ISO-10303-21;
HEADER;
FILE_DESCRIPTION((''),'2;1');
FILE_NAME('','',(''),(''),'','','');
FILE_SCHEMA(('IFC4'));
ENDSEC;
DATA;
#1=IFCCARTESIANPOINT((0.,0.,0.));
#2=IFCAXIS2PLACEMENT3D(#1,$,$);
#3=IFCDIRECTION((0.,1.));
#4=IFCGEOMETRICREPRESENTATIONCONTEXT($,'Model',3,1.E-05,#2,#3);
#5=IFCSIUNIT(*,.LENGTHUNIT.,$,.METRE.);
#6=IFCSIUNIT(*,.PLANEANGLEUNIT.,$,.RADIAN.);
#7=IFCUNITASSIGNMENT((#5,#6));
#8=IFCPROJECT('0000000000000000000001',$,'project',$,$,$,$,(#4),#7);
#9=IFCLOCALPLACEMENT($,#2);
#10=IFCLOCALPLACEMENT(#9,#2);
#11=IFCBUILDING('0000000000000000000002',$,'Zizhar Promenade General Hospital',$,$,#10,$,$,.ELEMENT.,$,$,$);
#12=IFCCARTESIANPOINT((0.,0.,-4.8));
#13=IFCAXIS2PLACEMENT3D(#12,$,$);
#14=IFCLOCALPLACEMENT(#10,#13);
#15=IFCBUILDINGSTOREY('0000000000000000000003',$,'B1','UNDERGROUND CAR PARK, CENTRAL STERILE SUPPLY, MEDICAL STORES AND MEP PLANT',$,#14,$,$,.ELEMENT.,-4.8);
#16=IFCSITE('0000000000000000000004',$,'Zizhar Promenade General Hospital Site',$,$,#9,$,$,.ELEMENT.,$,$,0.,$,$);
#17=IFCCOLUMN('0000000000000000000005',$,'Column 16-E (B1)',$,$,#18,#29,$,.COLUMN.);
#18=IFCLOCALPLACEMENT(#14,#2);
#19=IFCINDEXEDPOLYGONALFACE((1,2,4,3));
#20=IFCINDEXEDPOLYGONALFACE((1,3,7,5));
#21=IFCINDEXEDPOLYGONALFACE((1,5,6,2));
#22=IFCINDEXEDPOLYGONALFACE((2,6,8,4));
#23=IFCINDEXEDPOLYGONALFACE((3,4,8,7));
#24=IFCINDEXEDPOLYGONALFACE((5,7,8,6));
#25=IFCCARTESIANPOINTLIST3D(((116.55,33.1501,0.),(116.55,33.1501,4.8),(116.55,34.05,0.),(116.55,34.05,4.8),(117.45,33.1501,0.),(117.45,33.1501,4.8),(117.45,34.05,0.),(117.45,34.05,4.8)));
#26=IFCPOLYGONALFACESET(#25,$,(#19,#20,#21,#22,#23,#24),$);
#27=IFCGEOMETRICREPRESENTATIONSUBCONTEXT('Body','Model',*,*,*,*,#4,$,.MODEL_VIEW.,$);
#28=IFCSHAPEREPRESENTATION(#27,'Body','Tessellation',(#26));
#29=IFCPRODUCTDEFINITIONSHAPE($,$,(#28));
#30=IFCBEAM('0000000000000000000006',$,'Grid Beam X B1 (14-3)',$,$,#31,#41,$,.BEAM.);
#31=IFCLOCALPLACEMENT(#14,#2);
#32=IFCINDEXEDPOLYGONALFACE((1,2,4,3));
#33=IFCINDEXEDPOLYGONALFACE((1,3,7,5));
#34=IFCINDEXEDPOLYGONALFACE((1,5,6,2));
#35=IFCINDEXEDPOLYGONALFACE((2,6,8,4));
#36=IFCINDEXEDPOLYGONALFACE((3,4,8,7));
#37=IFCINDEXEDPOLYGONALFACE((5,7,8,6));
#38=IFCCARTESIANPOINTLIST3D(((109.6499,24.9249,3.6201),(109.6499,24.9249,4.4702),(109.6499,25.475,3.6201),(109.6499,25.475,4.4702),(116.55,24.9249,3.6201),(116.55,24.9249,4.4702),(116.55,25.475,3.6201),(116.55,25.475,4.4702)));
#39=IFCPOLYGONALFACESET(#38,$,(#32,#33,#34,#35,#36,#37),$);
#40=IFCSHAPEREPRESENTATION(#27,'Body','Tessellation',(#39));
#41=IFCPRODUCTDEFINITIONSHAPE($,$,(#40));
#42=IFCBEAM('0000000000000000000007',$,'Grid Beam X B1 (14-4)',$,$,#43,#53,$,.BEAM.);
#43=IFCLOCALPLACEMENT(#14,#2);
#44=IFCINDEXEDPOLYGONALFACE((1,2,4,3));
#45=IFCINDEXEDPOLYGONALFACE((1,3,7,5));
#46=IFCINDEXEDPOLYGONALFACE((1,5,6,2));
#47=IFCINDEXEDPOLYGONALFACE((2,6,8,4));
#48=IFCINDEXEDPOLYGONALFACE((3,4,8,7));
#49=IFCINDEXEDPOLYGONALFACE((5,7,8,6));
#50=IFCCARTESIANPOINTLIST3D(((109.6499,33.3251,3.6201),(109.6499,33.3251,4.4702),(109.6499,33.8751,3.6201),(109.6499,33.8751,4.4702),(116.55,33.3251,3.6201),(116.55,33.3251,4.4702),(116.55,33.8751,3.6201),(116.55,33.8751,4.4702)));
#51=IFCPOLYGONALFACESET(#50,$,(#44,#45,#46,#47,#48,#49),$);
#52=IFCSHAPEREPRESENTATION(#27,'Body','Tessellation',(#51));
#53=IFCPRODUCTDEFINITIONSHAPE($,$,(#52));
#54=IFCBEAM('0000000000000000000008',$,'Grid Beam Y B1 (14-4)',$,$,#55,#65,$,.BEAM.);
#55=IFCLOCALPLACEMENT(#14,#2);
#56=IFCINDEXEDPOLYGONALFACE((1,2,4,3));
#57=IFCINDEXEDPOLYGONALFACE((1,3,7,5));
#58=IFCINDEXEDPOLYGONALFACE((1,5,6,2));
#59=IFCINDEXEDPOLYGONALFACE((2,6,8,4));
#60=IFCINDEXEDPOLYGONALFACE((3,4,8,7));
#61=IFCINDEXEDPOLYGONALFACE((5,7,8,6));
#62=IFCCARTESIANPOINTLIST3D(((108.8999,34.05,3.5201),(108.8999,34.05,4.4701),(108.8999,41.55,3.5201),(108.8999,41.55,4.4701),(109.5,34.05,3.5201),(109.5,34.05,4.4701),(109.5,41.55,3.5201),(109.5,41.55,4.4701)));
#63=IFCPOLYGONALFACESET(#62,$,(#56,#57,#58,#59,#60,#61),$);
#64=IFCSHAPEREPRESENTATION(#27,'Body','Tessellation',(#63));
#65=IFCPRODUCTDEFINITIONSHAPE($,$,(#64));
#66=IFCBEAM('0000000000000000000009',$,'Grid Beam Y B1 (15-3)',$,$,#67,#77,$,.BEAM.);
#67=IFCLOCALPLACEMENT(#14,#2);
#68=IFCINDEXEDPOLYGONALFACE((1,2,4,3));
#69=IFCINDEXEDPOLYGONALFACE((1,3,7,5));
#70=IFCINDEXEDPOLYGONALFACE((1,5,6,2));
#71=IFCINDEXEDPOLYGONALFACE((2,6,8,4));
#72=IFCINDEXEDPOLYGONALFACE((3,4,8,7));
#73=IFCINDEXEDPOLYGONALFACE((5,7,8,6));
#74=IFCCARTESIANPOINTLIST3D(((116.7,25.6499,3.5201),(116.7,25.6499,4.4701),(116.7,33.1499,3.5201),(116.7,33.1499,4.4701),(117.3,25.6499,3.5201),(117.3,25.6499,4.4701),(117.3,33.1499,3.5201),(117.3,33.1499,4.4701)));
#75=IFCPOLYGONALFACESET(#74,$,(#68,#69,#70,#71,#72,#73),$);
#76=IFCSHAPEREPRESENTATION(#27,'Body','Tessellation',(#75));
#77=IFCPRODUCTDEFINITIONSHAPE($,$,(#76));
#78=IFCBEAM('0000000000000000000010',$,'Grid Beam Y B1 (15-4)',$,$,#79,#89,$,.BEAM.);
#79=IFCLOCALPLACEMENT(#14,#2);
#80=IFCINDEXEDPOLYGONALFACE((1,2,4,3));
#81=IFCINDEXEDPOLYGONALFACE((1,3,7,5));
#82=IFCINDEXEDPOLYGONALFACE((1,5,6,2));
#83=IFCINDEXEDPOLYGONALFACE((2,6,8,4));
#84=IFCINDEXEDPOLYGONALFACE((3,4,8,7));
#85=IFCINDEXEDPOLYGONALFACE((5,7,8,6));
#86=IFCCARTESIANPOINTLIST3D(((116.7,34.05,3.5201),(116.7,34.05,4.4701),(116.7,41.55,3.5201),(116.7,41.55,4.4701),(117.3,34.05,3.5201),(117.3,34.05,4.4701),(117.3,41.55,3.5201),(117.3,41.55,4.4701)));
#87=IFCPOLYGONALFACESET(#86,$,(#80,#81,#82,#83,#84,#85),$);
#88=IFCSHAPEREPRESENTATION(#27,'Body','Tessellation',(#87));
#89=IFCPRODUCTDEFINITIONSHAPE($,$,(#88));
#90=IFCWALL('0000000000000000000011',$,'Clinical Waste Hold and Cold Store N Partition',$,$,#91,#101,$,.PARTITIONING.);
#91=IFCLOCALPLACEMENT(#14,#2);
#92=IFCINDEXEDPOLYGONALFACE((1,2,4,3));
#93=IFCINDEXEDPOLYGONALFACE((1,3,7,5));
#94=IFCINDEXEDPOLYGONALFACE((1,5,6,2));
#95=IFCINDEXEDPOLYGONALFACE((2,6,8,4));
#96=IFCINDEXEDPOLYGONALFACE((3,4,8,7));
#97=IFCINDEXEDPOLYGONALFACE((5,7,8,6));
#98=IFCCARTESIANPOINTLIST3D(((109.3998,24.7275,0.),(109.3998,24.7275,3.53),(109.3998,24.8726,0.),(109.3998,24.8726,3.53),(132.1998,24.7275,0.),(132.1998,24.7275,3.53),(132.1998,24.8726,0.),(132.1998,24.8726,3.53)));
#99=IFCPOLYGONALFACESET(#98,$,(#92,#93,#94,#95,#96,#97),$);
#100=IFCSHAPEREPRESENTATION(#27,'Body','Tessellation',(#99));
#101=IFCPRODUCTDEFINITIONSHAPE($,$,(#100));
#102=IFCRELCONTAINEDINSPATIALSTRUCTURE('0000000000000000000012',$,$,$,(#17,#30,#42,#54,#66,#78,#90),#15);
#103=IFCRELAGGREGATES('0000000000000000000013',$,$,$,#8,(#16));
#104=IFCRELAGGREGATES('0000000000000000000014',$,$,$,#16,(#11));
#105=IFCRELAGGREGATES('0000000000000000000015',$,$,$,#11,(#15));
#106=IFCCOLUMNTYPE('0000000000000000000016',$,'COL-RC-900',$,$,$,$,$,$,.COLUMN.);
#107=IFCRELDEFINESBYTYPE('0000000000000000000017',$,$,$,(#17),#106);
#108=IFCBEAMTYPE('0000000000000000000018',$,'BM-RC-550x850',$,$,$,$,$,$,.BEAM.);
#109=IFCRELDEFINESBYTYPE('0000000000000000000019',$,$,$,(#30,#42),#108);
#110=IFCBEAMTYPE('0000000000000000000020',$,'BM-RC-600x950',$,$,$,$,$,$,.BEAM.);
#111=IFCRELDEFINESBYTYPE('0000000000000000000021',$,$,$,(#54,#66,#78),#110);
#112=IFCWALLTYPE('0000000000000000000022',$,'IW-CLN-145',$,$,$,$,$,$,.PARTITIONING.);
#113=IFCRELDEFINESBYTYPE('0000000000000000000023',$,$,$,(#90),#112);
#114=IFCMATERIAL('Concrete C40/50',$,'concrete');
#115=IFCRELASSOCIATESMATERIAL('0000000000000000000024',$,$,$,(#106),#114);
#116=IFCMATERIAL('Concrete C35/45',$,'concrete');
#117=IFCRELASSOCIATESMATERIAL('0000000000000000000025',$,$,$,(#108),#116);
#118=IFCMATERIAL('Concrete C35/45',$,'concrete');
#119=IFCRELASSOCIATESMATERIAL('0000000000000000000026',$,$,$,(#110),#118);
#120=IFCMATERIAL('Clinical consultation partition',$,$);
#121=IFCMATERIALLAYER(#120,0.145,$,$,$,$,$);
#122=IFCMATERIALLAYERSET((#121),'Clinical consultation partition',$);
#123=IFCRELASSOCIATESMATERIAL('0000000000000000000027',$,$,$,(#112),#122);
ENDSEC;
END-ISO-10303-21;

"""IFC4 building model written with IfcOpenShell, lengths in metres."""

from ifc_helpers import new_model, si_unit, direction, frame, frame_2d, origin, origin_2d, place, context, subcontext, project, spatial, rectangle, extrude, material, layer, layer_set, material_profile, profile_set, type_object, element, save


model = new_model("IFC4")

# Units and contexts
model_context = context("Model", 3, precision=1e-05, world=origin(), true_north=direction((0.0, 1.0)))
body_context = subcontext(model_context, "Body", "Model", "MODEL_VIEW")
ifc_project = project(units=[si_unit("LENGTHUNIT", "METRE"), si_unit("PLANEANGLEUNIT", "RADIAN")], contexts=[model_context])

# Site, building, storey
site_placement = place(None, origin())
site = spatial("IfcSite", under=ifc_project, at=site_placement, Name="Zizhar Promenade General Hospital Site", CompositionType="ELEMENT", RefElevation=0.0)
building_placement = place(site_placement, origin())
building = spatial("IfcBuilding", under=site, at=building_placement, Name="Zizhar Promenade General Hospital", CompositionType="ELEMENT")
storey_placement = place(building_placement, frame((0.0, 0.0, -4.8)))
storey = spatial("IfcBuildingStorey", under=building, at=storey_placement, Name="B1", Description="UNDERGROUND CAR PARK, CENTRAL STERILE SUPPLY, MEDICAL STORES AND MEP PLANT", CompositionType="ELEMENT", Elevation=-4.8)

# Column
ifc_material_1 = material(Name="Concrete C40/50", Category="concrete")
ifc_material_profile_1 = material_profile(ifc_material_1, rectangle(XDim=0.8999, YDim=0.8999, at=origin_2d()))
ifc_profile_set_1 = profile_set([ifc_material_profile_1], Name="Concrete C40/50")
column_type = type_object("IfcColumnType", Name="COL-RC-900", PredefinedType="COLUMN", material=ifc_profile_set_1)
for number, where, z_axis, x_axis, name in (
    (1, (117.0, 33.6001, 0.0), (0.0, 0.0, 1.0), (1.0, 0.0, 0.0), "Column 16-E (B1)"),
):
    element("IfcColumn", number, at=place(storey_placement, frame(where, z_axis=z_axis, x_axis=x_axis)), inside=storey, type_object=column_type, Name=name, PredefinedType="COLUMN", context=body_context, shape_type="SweptSolid", body=[
        extrude(rectangle(XDim=0.8999, YDim=0.8999, at=origin_2d()), origin(), (0.0, 0.0, 1.0), 4.8),
    ])

# Beams
ifc_material_2 = material(Name="Concrete C35/45", Category="concrete")
ifc_material_profile_2 = material_profile(ifc_material_2, rectangle(XDim=0.55, YDim=0.8501, at=origin_2d()))
ifc_profile_set_2 = profile_set([ifc_material_profile_2], Name="Concrete C35/45")
beam_type_1 = type_object("IfcBeamType", Name="BM-RC-550x850", PredefinedType="BEAM", material=ifc_profile_set_2)
for number, where, z_axis, x_axis, name in (
    (2, (109.6499, 25.2, 4.0452), (1.0, 0.0, 0.0), (0.0, 1.0, 0.0), "Grid Beam X B1 (14-3)"),
    (3, (109.6499, 33.6001, 4.0452), (1.0, 0.0, 0.0), (0.0, 1.0, 0.0), "Grid Beam X B1 (14-4)"),
):
    element("IfcBeam", number, at=place(storey_placement, frame(where, z_axis=z_axis, x_axis=x_axis)), inside=storey, type_object=beam_type_1, Name=name, PredefinedType="BEAM", context=body_context, shape_type="SweptSolid", body=[
        extrude(rectangle(XDim=0.55, YDim=0.8501, at=origin_2d()), origin(), (0.0, 0.0, 1.0), 6.9001),
    ])
ifc_material_3 = material(Name="Concrete C35/45", Category="concrete")
ifc_material_profile_3 = material_profile(ifc_material_3, rectangle(XDim=0.6001, YDim=0.95, at=origin_2d()))
ifc_profile_set_3 = profile_set([ifc_material_profile_3], Name="Concrete C35/45")
beam_type_2 = type_object("IfcBeamType", Name="BM-RC-600x950", PredefinedType="BEAM", material=ifc_profile_set_3)
for number, where, z_axis, x_axis, name in (
    (4, (109.2, 34.05, 3.9951), (0.0, 1.0, 0.0), (-1.0, 0.0, 0.0), "Grid Beam Y B1 (14-4)"),
    (5, (117.0, 25.6499, 3.9951), (0.0, 1.0, 0.0), (-1.0, 0.0, 0.0), "Grid Beam Y B1 (15-3)"),
    (6, (117.0, 34.05, 3.9951), (0.0, 1.0, 0.0), (-1.0, 0.0, 0.0), "Grid Beam Y B1 (15-4)"),
):
    element("IfcBeam", number, at=place(storey_placement, frame(where, z_axis=z_axis, x_axis=x_axis)), inside=storey, type_object=beam_type_2, Name=name, PredefinedType="BEAM", context=body_context, shape_type="SweptSolid", body=[
        extrude(rectangle(XDim=0.6001, YDim=0.95, at=origin_2d()), origin(), (0.0, 0.0, 1.0), 7.5),
    ])

# Wall
ifc_material_4 = material(Name="Clinical consultation partition")
ifc_layer = layer(ifc_material_4, 0.145)
ifc_layer_set = layer_set([ifc_layer], Name="Clinical consultation partition")
wall_type = type_object("IfcWallType", Name="IW-CLN-145", PredefinedType="PARTITIONING", material=ifc_layer_set)
wall_placement = place(storey_placement, frame((109.3999, 24.8, 0.0), z_axis=(0.0, 0.0, 1.0), x_axis=(1.0, 0.0, 0.0)))
element("IfcWall", 7, at=wall_placement, inside=storey, type_object=wall_type, Name="Clinical Waste Hold and Cold Store N Partition", PredefinedType="PARTITIONING", context=body_context, shape_type="SweptSolid", body=[
    extrude(rectangle(XDim=22.8, YDim=0.145, at=frame_2d((11.3999, 0.0))), origin(), (0.0, 0.0, 1.0), 3.53),
])

save(model, "model.ifc")
